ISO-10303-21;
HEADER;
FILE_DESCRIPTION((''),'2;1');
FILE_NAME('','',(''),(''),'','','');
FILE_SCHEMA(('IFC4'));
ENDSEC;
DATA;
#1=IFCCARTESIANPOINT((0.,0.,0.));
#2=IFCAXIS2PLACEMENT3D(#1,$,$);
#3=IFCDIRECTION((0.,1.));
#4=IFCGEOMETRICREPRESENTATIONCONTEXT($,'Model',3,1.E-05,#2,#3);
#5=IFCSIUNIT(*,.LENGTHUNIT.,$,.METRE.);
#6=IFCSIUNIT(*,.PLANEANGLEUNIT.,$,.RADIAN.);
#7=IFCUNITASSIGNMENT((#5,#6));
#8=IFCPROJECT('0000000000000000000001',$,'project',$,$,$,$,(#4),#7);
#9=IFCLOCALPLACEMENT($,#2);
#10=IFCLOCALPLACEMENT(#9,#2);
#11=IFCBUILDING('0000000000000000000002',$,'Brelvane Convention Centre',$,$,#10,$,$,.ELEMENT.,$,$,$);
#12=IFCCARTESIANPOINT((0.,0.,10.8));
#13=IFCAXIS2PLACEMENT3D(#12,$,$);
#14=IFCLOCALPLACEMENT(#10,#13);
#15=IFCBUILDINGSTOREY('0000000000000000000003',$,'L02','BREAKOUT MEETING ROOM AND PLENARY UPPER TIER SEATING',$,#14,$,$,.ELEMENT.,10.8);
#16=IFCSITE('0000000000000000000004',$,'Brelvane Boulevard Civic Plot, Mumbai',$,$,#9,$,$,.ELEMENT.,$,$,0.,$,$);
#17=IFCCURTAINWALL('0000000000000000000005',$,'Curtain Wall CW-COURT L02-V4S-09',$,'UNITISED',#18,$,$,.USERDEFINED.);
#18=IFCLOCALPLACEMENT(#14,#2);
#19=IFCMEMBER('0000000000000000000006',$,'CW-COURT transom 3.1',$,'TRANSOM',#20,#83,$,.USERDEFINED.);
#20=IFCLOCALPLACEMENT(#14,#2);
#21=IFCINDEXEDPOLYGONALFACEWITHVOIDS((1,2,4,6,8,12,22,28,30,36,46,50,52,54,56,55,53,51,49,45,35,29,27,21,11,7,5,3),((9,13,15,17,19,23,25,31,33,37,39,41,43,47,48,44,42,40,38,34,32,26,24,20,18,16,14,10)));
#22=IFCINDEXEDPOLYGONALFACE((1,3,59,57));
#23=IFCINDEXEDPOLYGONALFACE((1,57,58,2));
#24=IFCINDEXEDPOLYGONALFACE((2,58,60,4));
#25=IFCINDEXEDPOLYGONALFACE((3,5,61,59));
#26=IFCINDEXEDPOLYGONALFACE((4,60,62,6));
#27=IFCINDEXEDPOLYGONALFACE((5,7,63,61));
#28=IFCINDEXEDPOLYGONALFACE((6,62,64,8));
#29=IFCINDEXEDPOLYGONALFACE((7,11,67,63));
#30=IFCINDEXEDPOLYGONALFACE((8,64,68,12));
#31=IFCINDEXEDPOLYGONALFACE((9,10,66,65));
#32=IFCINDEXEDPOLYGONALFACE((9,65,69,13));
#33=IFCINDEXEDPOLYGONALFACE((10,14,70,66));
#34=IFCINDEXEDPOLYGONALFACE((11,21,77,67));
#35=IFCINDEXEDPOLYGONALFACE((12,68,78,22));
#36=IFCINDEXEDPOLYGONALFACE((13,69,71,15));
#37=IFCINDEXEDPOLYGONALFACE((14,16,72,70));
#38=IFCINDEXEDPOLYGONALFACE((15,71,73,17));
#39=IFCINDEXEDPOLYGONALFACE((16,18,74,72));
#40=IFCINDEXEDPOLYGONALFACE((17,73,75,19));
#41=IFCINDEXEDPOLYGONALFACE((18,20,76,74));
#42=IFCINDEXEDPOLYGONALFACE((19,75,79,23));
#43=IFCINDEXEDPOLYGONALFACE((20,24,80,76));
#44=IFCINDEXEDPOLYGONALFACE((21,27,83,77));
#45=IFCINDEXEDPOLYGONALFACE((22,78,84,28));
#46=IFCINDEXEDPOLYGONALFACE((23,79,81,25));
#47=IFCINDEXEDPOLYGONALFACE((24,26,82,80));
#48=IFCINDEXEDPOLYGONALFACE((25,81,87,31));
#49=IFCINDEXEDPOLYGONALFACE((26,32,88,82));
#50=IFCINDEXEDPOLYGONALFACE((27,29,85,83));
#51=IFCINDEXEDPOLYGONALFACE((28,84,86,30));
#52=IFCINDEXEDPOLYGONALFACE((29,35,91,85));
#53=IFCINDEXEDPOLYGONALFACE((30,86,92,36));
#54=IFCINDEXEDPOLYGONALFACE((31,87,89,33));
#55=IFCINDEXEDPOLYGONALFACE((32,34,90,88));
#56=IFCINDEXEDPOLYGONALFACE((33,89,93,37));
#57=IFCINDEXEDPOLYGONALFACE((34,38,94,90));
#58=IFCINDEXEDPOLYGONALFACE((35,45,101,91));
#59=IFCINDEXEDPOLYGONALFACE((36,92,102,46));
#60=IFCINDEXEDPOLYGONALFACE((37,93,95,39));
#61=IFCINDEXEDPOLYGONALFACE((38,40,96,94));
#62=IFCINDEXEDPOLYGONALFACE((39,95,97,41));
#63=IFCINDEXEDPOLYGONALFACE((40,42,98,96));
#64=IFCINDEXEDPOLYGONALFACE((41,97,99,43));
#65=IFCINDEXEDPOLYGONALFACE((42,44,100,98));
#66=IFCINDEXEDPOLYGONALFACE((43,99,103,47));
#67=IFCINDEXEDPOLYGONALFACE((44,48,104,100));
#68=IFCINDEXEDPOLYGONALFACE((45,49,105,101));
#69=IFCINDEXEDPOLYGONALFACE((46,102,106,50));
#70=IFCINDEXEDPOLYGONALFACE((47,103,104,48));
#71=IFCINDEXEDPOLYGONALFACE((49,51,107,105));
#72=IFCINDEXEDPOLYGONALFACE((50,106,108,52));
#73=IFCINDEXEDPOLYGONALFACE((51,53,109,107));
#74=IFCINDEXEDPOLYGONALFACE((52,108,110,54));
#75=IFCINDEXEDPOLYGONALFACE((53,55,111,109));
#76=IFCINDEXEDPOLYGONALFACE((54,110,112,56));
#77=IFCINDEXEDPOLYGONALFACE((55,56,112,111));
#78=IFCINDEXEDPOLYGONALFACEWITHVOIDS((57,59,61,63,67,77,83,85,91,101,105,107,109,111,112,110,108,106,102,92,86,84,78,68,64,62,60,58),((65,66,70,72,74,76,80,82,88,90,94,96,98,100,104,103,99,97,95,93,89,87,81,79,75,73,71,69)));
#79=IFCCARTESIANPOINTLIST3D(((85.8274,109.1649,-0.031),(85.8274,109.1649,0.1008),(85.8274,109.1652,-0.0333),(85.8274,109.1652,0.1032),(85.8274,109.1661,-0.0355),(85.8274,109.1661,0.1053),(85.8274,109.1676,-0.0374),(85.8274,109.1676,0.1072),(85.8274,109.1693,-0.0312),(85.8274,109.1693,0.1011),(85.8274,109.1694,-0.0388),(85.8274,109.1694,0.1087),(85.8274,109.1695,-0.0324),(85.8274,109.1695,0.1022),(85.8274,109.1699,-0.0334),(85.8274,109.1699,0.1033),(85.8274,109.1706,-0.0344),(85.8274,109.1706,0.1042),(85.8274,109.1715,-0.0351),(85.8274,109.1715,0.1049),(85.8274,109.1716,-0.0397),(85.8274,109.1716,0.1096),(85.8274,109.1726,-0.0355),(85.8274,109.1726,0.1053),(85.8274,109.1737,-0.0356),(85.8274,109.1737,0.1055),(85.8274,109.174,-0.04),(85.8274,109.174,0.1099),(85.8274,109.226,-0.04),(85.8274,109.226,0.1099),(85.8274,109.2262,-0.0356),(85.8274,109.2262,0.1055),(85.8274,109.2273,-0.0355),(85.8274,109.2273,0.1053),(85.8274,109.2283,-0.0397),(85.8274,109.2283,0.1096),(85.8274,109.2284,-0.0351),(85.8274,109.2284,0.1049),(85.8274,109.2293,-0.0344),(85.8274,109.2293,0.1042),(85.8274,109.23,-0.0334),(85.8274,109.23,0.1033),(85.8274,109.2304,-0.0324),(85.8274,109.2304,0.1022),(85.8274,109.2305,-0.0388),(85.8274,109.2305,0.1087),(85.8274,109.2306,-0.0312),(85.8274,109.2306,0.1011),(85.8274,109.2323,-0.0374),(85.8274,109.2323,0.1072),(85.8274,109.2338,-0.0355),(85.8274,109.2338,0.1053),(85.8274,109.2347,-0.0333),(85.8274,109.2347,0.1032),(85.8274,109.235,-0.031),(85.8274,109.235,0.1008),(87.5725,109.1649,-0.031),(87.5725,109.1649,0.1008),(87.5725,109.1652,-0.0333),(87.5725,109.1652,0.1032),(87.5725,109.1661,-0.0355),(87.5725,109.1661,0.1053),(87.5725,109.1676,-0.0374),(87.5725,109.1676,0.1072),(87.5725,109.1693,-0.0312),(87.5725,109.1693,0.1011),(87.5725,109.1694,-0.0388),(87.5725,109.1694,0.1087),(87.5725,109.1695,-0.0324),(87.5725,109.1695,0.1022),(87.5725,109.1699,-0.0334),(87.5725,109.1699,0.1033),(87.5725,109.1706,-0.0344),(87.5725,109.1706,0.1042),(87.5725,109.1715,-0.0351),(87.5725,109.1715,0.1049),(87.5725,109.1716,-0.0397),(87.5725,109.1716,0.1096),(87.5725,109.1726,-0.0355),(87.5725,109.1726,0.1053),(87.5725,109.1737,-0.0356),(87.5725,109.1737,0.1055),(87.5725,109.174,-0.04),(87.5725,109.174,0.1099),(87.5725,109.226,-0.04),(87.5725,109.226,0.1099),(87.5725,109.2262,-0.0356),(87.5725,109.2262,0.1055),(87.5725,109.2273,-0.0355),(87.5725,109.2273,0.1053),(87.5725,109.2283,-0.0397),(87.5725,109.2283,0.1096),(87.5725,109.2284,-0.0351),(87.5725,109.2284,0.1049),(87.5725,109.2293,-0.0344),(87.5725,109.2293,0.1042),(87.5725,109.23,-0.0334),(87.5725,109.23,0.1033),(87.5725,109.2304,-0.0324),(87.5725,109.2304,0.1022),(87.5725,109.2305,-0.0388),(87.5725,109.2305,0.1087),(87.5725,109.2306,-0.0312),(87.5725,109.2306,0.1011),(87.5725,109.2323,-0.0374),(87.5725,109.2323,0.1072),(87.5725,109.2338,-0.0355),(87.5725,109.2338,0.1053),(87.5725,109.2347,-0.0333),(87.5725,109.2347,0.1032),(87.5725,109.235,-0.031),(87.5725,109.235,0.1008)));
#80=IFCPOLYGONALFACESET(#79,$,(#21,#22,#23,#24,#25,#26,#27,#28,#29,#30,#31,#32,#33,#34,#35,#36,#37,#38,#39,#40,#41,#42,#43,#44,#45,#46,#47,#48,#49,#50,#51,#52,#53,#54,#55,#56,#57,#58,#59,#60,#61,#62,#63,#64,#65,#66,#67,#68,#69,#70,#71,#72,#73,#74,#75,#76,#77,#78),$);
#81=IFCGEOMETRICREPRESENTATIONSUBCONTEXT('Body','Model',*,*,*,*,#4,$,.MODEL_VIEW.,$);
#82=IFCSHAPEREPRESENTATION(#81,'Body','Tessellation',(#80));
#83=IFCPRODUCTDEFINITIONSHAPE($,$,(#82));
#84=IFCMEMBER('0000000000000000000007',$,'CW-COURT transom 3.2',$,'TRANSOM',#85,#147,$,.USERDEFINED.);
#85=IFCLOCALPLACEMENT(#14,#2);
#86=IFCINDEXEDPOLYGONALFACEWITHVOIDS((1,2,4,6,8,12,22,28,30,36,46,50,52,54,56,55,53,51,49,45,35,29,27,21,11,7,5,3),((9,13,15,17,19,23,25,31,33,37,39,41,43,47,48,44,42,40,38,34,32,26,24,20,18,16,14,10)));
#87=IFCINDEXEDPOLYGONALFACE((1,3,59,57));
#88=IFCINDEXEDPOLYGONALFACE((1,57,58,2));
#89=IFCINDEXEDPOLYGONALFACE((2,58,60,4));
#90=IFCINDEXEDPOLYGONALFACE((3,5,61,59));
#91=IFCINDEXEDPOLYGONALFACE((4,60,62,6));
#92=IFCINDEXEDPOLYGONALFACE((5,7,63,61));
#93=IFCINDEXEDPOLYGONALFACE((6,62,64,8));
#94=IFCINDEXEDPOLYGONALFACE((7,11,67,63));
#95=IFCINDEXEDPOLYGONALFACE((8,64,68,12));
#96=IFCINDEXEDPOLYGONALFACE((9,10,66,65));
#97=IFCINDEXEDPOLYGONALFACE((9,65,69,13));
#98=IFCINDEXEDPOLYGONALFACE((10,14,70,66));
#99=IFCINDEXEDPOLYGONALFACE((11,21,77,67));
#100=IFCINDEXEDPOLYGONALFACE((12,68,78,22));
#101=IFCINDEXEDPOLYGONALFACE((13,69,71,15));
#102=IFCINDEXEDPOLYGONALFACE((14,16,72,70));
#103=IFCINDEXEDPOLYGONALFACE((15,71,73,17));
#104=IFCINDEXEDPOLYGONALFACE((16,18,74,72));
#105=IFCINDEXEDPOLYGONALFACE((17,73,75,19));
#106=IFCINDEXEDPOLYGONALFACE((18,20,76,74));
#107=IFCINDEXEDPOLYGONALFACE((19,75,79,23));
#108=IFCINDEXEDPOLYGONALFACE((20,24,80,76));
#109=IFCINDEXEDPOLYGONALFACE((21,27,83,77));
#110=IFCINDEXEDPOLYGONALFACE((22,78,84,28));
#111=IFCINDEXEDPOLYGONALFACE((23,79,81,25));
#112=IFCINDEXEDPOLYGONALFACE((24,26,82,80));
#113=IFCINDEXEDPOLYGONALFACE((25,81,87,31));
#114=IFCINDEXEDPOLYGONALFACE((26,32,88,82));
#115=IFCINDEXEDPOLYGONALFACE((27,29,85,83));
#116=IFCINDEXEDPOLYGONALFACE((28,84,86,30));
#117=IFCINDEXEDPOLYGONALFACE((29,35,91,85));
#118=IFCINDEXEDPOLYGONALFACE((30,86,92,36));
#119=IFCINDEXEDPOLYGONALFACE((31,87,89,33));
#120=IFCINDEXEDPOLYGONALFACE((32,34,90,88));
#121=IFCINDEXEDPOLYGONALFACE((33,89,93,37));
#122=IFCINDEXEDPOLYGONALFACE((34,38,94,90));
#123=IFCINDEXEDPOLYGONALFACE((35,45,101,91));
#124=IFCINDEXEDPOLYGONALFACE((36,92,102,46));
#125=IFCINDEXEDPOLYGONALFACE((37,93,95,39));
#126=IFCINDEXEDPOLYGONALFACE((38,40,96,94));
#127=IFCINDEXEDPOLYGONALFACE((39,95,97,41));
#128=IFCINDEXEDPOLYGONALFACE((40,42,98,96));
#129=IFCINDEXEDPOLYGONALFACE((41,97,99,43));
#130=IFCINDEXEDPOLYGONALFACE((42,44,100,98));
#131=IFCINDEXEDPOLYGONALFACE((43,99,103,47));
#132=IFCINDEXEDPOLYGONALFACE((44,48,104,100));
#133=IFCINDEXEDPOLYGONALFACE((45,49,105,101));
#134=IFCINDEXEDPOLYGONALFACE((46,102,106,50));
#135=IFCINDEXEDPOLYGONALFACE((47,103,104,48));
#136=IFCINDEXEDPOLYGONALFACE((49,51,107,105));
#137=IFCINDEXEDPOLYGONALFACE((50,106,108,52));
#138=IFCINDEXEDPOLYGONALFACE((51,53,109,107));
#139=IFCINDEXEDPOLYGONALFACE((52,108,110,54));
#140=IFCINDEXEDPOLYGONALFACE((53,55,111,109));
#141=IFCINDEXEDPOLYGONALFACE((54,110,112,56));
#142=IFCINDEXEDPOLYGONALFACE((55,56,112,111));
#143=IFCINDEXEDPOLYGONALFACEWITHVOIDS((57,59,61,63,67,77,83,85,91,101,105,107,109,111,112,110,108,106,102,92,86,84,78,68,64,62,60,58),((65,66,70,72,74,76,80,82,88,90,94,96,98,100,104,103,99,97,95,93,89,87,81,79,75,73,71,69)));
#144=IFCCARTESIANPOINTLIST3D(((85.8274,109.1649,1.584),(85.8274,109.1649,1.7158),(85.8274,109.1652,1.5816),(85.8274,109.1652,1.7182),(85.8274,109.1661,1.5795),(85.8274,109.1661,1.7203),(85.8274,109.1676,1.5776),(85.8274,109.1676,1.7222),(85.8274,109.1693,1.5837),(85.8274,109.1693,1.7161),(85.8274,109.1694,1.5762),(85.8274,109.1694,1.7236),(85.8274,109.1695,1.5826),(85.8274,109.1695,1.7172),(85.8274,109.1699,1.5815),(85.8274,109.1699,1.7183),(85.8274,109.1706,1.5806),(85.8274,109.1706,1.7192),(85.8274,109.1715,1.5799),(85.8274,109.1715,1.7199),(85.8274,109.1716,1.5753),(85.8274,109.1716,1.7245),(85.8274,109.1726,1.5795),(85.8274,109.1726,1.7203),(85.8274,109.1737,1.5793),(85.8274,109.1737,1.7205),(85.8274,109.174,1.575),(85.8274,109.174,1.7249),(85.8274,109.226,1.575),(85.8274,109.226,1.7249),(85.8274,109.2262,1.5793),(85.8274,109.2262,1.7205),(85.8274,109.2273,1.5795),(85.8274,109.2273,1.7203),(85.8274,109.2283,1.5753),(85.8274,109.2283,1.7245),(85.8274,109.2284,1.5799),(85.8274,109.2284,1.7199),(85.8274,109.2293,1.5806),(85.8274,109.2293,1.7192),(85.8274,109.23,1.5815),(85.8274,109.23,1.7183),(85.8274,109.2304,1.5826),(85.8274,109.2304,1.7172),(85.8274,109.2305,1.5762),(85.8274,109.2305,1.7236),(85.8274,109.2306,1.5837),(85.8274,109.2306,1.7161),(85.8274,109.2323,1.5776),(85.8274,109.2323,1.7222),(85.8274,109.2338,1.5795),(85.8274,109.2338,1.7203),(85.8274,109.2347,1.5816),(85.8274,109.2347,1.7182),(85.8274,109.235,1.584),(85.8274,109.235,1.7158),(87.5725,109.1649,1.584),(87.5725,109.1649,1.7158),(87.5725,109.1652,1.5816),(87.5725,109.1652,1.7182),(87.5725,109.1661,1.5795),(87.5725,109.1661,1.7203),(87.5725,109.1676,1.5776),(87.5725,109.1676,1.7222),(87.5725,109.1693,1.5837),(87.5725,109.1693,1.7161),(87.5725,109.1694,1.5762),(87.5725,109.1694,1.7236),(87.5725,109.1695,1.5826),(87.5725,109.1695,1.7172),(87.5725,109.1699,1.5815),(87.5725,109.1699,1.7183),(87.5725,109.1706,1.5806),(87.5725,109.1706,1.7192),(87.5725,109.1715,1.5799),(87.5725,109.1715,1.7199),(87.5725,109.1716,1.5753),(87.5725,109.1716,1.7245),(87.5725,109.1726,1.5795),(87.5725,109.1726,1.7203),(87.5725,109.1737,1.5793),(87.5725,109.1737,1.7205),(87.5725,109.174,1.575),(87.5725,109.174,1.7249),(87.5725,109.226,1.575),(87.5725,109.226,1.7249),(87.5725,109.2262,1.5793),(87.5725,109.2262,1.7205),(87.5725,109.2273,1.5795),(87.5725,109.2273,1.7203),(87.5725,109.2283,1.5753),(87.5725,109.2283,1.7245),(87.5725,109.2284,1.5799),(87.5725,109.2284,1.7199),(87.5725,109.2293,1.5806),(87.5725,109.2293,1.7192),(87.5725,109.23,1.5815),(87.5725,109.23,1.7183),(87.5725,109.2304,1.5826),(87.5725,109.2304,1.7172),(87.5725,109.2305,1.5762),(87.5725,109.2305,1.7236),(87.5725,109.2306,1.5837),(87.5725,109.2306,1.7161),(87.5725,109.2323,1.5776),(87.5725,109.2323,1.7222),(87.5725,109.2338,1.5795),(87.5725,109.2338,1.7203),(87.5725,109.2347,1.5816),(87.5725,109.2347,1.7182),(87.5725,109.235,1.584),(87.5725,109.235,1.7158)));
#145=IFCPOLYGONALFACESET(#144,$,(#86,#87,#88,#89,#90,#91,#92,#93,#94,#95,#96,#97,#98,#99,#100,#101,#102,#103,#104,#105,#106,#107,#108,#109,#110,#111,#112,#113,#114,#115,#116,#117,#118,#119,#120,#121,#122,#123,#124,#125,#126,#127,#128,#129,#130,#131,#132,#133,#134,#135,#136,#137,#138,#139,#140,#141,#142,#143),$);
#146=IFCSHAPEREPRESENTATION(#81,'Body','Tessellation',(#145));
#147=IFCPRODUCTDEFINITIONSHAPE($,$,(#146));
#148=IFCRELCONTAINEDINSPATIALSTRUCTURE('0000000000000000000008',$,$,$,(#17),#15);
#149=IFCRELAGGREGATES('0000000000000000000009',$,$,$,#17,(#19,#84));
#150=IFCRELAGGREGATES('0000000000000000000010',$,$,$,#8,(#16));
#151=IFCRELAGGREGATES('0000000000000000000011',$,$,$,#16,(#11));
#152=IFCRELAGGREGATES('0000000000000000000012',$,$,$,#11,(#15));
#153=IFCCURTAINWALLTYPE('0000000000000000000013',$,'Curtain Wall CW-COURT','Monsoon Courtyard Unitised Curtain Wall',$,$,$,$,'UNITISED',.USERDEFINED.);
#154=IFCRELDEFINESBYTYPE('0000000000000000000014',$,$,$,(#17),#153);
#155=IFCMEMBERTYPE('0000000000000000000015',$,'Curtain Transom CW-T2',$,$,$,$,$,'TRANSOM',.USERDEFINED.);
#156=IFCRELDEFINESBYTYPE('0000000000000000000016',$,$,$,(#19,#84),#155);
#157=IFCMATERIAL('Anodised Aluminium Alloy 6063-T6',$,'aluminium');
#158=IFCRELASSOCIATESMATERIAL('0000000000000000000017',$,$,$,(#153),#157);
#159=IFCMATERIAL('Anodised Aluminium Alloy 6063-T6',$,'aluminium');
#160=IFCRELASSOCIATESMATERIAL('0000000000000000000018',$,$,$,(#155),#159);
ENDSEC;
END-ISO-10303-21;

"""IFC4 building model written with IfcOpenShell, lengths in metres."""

from ifc_helpers import new_model, si_unit, direction, frame, origin, origin_2d, place, context, subcontext, project, spatial, hollow_rectangle, extrude, material, material_profile, profile_set, type_object, element, aggregate, save


model = new_model("IFC4")

# Units and contexts
model_context = context("Model", 3, precision=1e-05, world=origin(), true_north=direction((0.0, 1.0)))
body_context = subcontext(model_context, "Body", "Model", "MODEL_VIEW")
ifc_project = project(units=[si_unit("LENGTHUNIT", "METRE"), si_unit("PLANEANGLEUNIT", "RADIAN")], contexts=[model_context])

# Site, building, storey
site_placement = place(None, origin())
site = spatial("IfcSite", under=ifc_project, at=site_placement, Name="Brelvane Boulevard Civic Plot, Mumbai", CompositionType="ELEMENT", RefElevation=0.0)
building_placement = place(site_placement, origin())
building = spatial("IfcBuilding", under=site, at=building_placement, Name="Brelvane Convention Centre", CompositionType="ELEMENT")
storey_placement = place(building_placement, frame((0.0, 0.0, 10.8)))
storey = spatial("IfcBuildingStorey", under=building, at=storey_placement, Name="L02", Description="BREAKOUT MEETING ROOM AND PLENARY UPPER TIER SEATING", CompositionType="ELEMENT", Elevation=10.8)

# Curtain wall, members
ifc_material_1 = material(Name="Anodised Aluminium Alloy 6063-T6", Category="aluminium")
curtain_wall_type = type_object("IfcCurtainWallType", Name="Curtain Wall CW-COURT", Description="Monsoon Courtyard Unitised Curtain Wall", ElementType="UNITISED", PredefinedType="USERDEFINED", material=ifc_material_1)
curtain_wall_placement = place(storey_placement, origin())
curtain_wall = element("IfcCurtainWall", 1, at=curtain_wall_placement, inside=storey, type_object=curtain_wall_type, Name="Curtain Wall CW-COURT L02-V4S-09", ObjectType="UNITISED", PredefinedType="USERDEFINED")
ifc_material_2 = material(Name="Anodised Aluminium Alloy 6063-T6", Category="aluminium")
ifc_material_profile_1 = material_profile(ifc_material_2, hollow_rectangle(XDim=0.0701, YDim=0.1499, WallThickness=0.0044, InnerFilletRadius=0.0044, OuterFilletRadius=0.009, at=origin_2d()), Name="ALU-T 150x70x4.5")
ifc_profile_set_1 = profile_set([ifc_material_profile_1], Name="Anodised Aluminium Alloy 6063-T6")
member_type_1 = type_object("IfcMemberType", Name="Curtain Transom CW-T2", ElementType="TRANSOM", PredefinedType="USERDEFINED", material=ifc_profile_set_1)
member_1_placement = place(storey_placement, frame((85.8274, 109.2, 0.0349), z_axis=(1.0, 0.0, 0.0), x_axis=(0.0, 1.0, 0.0)))
member_1 = element("IfcMember", 2, at=member_1_placement, type_object=member_type_1, Name="CW-COURT transom 3.1", ObjectType="TRANSOM", PredefinedType="USERDEFINED", context=body_context, shape_type="SweptSolid", body=[
    extrude(hollow_rectangle(XDim=0.0701, YDim=0.1499, WallThickness=0.0044, InnerFilletRadius=0.0044, OuterFilletRadius=0.009, at=origin_2d()), origin(), (0.0, 0.0, 1.0), 1.7451),
])
member_2_placement = place(storey_placement, frame((85.8274, 109.2, 1.6499), z_axis=(1.0, 0.0, 0.0), x_axis=(0.0, 1.0, 0.0)))
member_2 = element("IfcMember", 3, at=member_2_placement, type_object=member_type_1, Name="CW-COURT transom 3.2", ObjectType="TRANSOM", PredefinedType="USERDEFINED", context=body_context, shape_type="SweptSolid", body=[
    extrude(hollow_rectangle(XDim=0.0701, YDim=0.1499, WallThickness=0.0044, InnerFilletRadius=0.0044, OuterFilletRadius=0.009, at=origin_2d()), origin(), (0.0, 0.0, 1.0), 1.7451),
])

aggregate(curtain_wall, [member_1, member_2])

save(model, "model.ifc")
